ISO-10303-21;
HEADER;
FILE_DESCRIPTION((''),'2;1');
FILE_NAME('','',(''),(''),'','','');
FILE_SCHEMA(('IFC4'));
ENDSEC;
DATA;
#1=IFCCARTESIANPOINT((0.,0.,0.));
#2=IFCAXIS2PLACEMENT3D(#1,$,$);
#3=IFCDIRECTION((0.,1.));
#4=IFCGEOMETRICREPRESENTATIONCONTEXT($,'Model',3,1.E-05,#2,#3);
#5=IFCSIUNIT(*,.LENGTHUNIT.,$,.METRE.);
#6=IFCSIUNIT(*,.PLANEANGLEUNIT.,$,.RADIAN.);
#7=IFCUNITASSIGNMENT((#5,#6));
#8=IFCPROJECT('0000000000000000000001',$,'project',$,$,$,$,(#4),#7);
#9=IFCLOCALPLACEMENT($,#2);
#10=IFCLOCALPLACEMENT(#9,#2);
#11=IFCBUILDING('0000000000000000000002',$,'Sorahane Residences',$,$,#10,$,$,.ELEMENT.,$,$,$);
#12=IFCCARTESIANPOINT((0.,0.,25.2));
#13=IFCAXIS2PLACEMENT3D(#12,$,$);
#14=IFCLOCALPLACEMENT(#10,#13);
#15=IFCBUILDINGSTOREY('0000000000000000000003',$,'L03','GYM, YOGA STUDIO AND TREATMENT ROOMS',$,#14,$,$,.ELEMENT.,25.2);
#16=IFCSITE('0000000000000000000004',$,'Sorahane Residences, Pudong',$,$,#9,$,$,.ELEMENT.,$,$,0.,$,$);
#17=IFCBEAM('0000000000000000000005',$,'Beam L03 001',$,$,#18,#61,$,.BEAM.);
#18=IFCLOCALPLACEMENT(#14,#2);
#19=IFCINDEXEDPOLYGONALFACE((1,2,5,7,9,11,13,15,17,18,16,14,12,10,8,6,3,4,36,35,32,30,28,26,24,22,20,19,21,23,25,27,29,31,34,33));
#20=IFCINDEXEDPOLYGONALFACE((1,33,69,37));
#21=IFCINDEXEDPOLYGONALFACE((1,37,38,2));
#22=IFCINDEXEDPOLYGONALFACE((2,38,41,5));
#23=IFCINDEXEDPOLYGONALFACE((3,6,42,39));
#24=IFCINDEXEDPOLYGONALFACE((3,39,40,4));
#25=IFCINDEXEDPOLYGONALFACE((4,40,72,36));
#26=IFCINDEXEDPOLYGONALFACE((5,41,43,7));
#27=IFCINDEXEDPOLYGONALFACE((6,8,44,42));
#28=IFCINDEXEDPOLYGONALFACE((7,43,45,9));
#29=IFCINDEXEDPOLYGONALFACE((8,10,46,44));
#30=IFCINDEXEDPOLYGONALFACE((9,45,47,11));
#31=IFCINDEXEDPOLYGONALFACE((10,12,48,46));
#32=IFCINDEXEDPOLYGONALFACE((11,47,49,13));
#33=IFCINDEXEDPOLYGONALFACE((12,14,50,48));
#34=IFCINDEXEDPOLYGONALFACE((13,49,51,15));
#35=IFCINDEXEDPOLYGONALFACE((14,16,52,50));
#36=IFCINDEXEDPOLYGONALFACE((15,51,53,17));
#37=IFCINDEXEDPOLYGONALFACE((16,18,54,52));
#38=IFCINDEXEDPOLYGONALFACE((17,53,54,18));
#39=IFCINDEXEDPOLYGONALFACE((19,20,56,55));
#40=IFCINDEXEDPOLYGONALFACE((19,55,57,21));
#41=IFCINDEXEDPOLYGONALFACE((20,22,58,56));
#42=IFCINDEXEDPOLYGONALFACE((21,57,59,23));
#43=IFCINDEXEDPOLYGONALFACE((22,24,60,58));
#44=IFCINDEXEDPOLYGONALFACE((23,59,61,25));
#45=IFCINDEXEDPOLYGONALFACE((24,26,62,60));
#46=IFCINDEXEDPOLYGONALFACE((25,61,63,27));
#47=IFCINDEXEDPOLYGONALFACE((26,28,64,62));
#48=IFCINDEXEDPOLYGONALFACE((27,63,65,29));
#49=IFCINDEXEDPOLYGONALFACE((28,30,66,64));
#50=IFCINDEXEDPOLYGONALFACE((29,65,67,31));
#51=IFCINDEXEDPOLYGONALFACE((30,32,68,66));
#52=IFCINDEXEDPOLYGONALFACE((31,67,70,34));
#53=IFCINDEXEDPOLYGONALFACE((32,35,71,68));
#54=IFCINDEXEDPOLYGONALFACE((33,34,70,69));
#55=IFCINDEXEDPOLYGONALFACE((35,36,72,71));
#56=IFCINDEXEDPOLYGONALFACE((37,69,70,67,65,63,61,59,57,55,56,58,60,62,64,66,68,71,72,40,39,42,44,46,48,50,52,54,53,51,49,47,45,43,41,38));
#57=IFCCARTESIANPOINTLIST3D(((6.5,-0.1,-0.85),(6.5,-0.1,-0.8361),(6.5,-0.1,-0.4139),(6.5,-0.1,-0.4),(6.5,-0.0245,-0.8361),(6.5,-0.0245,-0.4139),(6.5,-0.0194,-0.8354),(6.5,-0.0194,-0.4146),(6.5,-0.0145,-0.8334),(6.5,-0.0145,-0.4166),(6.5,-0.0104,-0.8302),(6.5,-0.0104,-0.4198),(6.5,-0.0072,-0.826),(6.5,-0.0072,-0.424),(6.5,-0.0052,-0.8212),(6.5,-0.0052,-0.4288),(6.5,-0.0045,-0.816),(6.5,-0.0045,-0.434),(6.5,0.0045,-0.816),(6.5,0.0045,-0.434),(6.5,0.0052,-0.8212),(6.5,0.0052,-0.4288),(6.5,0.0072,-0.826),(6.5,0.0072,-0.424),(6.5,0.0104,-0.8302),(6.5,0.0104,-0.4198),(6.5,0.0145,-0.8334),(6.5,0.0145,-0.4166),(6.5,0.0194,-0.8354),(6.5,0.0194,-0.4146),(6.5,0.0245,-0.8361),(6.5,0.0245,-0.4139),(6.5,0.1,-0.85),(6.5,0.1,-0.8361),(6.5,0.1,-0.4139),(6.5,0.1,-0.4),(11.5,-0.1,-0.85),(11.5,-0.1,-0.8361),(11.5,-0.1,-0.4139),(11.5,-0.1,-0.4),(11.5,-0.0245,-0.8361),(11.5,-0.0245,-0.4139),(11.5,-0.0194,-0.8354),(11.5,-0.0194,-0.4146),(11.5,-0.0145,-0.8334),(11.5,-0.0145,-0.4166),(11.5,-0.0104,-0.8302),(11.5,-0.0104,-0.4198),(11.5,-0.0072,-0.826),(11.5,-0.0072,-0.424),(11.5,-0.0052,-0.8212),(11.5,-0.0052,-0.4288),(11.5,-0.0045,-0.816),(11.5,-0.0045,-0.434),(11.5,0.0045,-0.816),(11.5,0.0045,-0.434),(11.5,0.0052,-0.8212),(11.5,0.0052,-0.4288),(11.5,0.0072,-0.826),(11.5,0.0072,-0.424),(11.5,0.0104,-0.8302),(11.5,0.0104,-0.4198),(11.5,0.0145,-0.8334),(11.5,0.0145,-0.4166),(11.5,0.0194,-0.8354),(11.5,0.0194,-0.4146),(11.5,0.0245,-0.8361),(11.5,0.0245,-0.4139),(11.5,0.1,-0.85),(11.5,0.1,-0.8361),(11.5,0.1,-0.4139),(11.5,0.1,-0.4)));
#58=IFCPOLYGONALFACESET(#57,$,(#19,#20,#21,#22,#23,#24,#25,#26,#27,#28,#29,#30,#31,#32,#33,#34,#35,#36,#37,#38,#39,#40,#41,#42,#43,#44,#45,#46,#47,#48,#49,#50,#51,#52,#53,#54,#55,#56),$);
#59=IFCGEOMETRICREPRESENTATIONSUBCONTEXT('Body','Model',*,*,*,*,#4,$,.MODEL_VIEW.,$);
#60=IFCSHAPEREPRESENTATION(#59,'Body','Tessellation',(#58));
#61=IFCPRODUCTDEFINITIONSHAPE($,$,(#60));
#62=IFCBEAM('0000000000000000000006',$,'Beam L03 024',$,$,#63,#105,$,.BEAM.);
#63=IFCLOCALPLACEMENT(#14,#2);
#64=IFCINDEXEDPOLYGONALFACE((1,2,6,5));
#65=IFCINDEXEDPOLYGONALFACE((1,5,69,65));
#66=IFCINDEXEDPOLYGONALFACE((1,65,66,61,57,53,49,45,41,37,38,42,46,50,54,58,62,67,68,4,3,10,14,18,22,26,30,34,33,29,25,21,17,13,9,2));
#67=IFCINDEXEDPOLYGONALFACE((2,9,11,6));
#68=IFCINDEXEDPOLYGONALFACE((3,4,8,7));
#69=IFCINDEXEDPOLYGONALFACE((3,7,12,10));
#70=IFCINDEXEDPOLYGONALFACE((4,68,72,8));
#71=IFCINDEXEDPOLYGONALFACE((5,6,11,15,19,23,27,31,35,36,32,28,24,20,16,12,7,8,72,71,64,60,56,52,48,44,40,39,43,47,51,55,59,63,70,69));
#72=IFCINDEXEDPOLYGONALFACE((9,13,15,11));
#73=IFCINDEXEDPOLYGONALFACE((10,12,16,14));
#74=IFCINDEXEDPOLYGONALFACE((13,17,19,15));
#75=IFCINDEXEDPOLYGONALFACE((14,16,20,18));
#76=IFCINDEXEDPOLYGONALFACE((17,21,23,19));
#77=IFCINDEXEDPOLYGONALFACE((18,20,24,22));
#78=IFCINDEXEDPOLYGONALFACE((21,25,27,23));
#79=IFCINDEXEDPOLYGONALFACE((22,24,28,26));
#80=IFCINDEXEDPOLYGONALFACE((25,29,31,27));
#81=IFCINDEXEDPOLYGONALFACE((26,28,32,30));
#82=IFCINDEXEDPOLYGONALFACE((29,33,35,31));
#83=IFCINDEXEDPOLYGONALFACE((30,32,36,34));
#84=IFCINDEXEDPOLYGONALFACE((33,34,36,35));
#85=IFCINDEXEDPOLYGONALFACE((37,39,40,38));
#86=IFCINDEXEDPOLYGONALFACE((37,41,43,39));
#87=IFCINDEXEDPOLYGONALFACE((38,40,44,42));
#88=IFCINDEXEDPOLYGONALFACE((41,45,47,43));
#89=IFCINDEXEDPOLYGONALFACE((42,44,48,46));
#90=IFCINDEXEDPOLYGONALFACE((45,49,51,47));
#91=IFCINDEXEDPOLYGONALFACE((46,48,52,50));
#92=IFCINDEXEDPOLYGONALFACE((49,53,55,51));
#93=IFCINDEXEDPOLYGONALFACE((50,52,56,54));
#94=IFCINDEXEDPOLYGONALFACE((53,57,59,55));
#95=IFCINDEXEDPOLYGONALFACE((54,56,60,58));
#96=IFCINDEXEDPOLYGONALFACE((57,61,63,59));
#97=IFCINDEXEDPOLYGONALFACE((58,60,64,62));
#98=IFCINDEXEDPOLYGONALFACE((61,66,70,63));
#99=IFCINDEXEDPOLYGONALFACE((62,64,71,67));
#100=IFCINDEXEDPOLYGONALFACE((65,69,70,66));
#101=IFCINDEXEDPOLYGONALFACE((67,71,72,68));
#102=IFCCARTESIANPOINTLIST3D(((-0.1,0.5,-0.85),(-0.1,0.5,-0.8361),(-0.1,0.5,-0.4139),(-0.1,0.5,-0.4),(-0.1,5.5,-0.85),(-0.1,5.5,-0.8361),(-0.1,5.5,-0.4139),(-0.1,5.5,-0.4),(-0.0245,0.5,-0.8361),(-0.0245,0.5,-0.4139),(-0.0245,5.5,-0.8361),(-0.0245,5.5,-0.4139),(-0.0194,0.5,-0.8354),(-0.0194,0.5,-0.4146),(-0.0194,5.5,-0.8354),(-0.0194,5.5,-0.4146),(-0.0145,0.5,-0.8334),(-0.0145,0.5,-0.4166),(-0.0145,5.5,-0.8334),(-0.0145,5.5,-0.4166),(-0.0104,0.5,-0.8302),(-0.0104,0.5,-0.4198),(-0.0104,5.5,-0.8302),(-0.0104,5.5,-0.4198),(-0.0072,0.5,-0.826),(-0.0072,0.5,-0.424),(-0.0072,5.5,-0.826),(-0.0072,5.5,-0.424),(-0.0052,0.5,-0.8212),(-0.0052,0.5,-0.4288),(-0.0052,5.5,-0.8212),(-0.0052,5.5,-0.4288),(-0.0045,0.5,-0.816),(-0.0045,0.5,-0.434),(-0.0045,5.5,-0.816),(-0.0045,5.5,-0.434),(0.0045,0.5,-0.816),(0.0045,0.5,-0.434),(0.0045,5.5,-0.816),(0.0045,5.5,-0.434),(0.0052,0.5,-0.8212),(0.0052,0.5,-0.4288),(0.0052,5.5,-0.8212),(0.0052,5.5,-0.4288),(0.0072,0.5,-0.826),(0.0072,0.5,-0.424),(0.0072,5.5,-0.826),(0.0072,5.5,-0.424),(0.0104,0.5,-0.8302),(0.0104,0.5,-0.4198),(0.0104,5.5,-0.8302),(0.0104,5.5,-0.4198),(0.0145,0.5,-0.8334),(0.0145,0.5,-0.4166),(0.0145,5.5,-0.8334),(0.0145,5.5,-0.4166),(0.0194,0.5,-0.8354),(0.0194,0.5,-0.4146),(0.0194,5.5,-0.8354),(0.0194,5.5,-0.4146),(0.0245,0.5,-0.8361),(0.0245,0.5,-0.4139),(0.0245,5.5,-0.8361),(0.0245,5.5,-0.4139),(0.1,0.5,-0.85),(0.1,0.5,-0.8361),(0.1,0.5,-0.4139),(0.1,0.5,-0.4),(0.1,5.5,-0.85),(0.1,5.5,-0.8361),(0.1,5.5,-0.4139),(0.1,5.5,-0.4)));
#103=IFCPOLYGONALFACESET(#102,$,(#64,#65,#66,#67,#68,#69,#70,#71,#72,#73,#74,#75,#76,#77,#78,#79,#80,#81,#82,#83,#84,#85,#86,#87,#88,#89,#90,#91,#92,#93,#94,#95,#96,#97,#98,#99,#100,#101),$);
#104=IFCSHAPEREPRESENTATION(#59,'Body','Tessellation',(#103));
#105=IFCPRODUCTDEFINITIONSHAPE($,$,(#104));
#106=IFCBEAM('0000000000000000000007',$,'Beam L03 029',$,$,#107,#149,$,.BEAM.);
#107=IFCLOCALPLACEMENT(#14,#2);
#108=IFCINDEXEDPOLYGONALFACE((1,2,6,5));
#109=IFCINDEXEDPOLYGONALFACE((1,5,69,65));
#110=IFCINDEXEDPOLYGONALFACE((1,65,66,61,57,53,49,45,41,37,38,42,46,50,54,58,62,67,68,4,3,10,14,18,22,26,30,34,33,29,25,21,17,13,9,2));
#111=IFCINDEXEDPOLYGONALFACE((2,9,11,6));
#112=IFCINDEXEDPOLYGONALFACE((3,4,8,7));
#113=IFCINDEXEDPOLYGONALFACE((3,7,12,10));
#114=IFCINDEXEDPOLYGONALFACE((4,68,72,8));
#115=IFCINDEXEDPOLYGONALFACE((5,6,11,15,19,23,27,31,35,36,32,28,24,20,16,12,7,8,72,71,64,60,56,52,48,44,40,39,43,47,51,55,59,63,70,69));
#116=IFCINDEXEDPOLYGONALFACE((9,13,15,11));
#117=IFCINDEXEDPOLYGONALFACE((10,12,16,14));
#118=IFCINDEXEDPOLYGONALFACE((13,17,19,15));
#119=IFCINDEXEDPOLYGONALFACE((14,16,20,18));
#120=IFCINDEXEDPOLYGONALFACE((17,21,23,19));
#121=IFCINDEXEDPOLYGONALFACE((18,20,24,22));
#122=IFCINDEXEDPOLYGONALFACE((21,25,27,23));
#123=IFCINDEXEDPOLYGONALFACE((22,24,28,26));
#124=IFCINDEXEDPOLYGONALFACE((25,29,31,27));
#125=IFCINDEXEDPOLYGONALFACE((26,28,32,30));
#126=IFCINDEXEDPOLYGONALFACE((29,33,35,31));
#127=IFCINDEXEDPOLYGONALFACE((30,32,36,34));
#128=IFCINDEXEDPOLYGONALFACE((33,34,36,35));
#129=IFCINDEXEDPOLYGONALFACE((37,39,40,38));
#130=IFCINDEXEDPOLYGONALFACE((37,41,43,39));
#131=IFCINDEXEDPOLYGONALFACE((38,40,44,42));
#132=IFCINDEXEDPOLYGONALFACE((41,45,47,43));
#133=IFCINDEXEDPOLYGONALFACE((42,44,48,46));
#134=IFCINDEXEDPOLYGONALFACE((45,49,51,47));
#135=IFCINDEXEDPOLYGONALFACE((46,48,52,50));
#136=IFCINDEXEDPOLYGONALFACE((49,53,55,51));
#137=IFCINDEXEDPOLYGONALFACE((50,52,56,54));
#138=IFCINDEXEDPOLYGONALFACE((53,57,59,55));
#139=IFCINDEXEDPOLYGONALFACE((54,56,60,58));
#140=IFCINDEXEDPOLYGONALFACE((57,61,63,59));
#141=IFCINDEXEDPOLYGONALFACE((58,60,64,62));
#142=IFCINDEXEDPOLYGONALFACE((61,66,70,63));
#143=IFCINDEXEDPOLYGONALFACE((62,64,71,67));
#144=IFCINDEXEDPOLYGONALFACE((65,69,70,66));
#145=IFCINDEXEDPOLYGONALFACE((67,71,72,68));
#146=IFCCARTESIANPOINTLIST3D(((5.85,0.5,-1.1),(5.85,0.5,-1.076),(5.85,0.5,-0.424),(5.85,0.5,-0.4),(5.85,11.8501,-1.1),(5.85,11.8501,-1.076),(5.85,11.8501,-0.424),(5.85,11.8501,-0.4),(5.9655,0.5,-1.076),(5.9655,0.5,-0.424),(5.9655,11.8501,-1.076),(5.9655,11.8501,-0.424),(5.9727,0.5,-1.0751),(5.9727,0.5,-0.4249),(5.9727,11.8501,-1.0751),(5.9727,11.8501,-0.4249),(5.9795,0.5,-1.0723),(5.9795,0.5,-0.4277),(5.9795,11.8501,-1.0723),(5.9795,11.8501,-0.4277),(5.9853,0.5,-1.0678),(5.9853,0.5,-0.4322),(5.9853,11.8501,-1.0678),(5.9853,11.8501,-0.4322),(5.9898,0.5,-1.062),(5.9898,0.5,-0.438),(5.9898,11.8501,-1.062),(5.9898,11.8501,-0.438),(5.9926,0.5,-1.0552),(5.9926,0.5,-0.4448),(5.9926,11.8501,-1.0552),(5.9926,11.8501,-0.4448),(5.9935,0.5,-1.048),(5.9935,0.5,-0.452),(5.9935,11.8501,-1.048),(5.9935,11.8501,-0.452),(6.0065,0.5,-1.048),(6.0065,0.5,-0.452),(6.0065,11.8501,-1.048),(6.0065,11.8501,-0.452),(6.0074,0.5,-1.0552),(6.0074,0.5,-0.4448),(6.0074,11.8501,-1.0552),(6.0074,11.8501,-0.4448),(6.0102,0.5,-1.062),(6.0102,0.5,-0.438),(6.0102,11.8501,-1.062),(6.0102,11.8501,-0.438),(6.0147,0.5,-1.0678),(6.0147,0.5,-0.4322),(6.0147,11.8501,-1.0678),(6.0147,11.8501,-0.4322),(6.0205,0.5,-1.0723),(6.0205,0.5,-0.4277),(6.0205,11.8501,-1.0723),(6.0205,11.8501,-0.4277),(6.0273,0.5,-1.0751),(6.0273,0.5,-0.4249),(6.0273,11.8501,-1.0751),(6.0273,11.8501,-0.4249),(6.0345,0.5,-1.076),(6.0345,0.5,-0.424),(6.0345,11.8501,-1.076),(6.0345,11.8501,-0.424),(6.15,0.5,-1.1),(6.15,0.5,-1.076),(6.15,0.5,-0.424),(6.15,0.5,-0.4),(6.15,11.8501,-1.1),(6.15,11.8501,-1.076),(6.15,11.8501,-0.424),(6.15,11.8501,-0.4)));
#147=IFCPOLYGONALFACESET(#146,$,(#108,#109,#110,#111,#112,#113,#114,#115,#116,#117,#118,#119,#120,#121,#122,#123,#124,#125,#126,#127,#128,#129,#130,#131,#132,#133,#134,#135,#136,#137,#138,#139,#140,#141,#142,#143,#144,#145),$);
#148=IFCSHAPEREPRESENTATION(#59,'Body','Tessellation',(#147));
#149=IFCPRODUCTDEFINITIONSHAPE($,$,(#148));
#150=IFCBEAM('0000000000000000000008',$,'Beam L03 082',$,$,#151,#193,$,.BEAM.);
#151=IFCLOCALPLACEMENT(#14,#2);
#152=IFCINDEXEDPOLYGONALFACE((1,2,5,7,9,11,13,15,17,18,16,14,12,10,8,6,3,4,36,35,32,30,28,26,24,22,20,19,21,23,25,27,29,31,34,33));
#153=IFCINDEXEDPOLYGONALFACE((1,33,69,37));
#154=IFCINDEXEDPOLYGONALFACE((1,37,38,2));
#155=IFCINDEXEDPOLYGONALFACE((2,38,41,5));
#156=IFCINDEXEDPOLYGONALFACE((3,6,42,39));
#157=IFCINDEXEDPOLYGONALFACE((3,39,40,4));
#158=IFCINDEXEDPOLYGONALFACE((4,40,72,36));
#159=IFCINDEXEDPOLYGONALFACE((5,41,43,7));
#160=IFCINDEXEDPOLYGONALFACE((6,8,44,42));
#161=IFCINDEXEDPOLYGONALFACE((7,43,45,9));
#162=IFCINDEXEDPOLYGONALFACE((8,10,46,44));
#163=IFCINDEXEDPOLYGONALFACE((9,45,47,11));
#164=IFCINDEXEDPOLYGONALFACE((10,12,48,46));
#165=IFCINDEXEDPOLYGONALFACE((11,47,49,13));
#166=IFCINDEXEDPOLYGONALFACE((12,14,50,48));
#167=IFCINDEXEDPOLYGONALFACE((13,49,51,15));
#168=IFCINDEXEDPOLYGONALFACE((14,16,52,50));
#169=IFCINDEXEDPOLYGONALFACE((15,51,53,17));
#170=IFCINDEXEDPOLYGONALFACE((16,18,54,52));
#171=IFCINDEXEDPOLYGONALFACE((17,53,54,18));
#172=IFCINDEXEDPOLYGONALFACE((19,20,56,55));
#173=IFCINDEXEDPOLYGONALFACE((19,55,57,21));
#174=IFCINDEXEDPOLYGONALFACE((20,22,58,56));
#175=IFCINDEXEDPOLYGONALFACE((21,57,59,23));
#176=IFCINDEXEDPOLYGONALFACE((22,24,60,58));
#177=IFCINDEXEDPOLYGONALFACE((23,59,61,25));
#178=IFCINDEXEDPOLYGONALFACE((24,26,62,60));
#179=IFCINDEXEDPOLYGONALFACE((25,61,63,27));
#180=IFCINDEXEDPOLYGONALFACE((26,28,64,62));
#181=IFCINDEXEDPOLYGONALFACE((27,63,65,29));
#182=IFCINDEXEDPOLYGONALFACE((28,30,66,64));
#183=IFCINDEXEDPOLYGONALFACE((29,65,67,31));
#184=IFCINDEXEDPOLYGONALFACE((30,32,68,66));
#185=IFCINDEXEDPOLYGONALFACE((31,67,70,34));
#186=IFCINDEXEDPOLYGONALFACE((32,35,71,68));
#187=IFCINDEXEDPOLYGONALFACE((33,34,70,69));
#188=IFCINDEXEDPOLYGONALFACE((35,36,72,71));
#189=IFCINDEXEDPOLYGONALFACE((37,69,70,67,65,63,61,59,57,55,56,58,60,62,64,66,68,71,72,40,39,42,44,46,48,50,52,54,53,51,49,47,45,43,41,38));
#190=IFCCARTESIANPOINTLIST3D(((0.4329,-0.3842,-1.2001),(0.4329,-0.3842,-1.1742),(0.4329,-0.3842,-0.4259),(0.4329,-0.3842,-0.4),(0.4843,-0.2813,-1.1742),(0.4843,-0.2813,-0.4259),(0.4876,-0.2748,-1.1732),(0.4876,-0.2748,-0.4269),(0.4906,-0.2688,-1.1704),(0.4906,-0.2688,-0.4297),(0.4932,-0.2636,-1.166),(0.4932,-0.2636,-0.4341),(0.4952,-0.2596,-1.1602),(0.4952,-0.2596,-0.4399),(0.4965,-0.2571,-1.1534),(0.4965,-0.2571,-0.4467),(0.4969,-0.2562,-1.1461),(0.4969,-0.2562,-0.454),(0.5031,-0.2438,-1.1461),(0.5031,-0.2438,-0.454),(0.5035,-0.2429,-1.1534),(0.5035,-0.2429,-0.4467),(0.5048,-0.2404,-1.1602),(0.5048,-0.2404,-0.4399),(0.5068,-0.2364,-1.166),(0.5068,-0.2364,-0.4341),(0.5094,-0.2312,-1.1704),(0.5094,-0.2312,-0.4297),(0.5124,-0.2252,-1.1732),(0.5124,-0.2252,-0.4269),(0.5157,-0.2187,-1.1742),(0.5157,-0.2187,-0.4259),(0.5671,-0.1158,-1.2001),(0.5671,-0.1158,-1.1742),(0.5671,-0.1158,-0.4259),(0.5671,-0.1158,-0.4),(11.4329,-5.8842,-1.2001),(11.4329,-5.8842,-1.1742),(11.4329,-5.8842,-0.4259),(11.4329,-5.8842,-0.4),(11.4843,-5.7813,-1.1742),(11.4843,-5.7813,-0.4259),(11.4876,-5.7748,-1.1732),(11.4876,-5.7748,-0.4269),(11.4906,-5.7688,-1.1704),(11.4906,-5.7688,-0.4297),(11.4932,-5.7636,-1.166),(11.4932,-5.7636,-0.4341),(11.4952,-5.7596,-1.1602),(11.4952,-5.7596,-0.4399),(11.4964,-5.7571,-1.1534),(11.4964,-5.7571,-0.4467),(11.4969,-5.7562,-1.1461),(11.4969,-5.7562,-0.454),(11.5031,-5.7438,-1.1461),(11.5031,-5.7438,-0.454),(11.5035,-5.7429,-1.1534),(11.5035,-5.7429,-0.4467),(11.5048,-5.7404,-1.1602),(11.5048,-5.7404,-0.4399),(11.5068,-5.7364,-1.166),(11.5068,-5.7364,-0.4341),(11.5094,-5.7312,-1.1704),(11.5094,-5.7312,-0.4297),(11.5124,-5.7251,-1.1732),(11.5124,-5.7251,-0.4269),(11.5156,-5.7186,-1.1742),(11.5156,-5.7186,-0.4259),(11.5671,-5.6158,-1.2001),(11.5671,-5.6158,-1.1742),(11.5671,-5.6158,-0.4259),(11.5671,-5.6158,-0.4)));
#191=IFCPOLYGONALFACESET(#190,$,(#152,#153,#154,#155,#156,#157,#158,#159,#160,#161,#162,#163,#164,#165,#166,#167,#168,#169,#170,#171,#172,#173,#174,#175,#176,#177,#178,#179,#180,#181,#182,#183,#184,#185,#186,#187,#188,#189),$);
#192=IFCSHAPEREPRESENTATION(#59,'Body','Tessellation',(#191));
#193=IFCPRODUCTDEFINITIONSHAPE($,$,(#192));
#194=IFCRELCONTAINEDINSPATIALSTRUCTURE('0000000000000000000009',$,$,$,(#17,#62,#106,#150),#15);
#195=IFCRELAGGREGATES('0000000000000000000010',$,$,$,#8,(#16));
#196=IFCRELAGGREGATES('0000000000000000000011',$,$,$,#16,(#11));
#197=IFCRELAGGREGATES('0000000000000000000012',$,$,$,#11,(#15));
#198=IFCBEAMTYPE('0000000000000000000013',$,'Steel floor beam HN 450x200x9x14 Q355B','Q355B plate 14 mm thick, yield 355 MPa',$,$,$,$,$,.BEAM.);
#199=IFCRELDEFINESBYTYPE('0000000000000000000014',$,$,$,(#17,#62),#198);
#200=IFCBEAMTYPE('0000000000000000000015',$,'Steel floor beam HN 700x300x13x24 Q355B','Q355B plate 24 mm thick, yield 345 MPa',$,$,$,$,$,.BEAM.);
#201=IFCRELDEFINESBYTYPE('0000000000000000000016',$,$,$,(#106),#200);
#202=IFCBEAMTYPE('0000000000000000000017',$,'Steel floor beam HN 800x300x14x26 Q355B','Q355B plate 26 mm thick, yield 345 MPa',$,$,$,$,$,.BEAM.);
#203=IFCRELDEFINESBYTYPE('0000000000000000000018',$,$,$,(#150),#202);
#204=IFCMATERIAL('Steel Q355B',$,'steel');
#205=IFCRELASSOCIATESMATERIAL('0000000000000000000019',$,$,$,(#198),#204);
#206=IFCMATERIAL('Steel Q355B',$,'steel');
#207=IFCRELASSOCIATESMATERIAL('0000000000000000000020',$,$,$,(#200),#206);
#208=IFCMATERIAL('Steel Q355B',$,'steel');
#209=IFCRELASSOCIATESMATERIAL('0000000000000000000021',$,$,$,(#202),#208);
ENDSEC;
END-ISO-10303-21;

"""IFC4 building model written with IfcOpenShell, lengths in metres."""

from ifc_helpers import new_model, si_unit, direction, frame, origin, origin_2d, place, context, subcontext, project, spatial, i_section, extrude, material, material_profile, profile_set, type_object, element, save


model = new_model("IFC4")

# Units and contexts
model_context = context("Model", 3, precision=1e-05, world=origin(), true_north=direction((0.0, 1.0)))
body_context = subcontext(model_context, "Body", "Model", "MODEL_VIEW")
ifc_project = project(units=[si_unit("LENGTHUNIT", "METRE"), si_unit("PLANEANGLEUNIT", "RADIAN")], contexts=[model_context])

# Site, building, storey
site_placement = place(None, origin())
site = spatial("IfcSite", under=ifc_project, at=site_placement, Name="Sorahane Residences, Pudong", CompositionType="ELEMENT", RefElevation=0.0)
building_placement = place(site_placement, origin())
building = spatial("IfcBuilding", under=site, at=building_placement, Name="Sorahane Residences", CompositionType="ELEMENT")
storey_placement = place(building_placement, frame((0.0, 0.0, 25.2)))
storey = spatial("IfcBuildingStorey", under=building, at=storey_placement, Name="L03", Description="GYM, YOGA STUDIO AND TREATMENT ROOMS", CompositionType="ELEMENT", Elevation=25.2)

# Beams
ifc_material_1 = material(Name="Steel Q355B", Category="steel")
ifc_material_profile_1 = material_profile(ifc_material_1, i_section(OverallWidth=0.2, OverallDepth=0.45, WebThickness=0.009, FlangeThickness=0.0139, FilletRadius=0.02, at=origin_2d()), Name="HN 450x200x9x14")
ifc_profile_set_1 = profile_set([ifc_material_profile_1], Name="Steel Q355B")
beam_type_1 = type_object("IfcBeamType", Name="Steel floor beam HN 450x200x9x14 Q355B", Description="Q355B plate 14 mm thick, yield 355 MPa", PredefinedType="BEAM", material=ifc_profile_set_1)
for number, where, z_axis, x_axis, name in (
    (1, (6.5, 0.0, -0.625), (1.0, 0.0, 0.0), (0.0, 1.0, 0.0), "Beam L03 001"),
    (2, (0.0, 0.5, -0.625), (0.0, 1.0, 0.0), (-1.0, 0.0, 0.0), "Beam L03 024"),
):
    element("IfcBeam", number, at=place(storey_placement, frame(where, z_axis=z_axis, x_axis=x_axis)), inside=storey, type_object=beam_type_1, Name=name, PredefinedType="BEAM", context=body_context, shape_type="SweptSolid", body=[
        extrude(i_section(OverallWidth=0.2, OverallDepth=0.45, WebThickness=0.009, FlangeThickness=0.0139, FilletRadius=0.02, at=origin_2d()), origin(), (0.0, 0.0, 1.0), 5.0),
    ])
ifc_material_2 = material(Name="Steel Q355B", Category="steel")
ifc_material_profile_2 = material_profile(ifc_material_2, i_section(OverallWidth=0.3, OverallDepth=0.7, WebThickness=0.0129, FlangeThickness=0.0239, FilletRadius=0.0281, at=origin_2d()), Name="HN 700x300x13x24")
ifc_profile_set_2 = profile_set([ifc_material_profile_2], Name="Steel Q355B")
beam_type_2 = type_object("IfcBeamType", Name="Steel floor beam HN 700x300x13x24 Q355B", Description="Q355B plate 24 mm thick, yield 345 MPa", PredefinedType="BEAM", material=ifc_profile_set_2)
beam_1_placement = place(storey_placement, frame((6.0, 0.5, -0.75), z_axis=(0.0, 1.0, 0.0), x_axis=(-1.0, 0.0, 0.0)))
element("IfcBeam", 3, at=beam_1_placement, inside=storey, type_object=beam_type_2, Name="Beam L03 029", PredefinedType="BEAM", context=body_context, shape_type="SweptSolid", body=[
    extrude(i_section(OverallWidth=0.3, OverallDepth=0.7, WebThickness=0.0129, FlangeThickness=0.0239, FilletRadius=0.0281, at=origin_2d()), origin(), (0.0, 0.0, 1.0), 11.3501),
])
ifc_material_3 = material(Name="Steel Q355B", Category="steel")
ifc_material_profile_3 = material_profile(ifc_material_3, i_section(OverallWidth=0.3, OverallDepth=0.8, WebThickness=0.0139, FlangeThickness=0.0259, FilletRadius=0.0281, at=origin_2d()), Name="HN 800x300x14x26")
ifc_profile_set_3 = profile_set([ifc_material_profile_3], Name="Steel Q355B")
beam_type_3 = type_object("IfcBeamType", Name="Steel floor beam HN 800x300x14x26 Q355B", Description="Q355B plate 26 mm thick, yield 345 MPa", PredefinedType="BEAM", material=ifc_profile_set_3)
beam_2_placement = place(storey_placement, frame((0.5, -0.25, -0.8), z_axis=(0.894427, -0.447214, 0.0), x_axis=(0.447214, 0.894427, 0.0)))
element("IfcBeam", 4, at=beam_2_placement, inside=storey, type_object=beam_type_3, Name="Beam L03 082", PredefinedType="BEAM", context=body_context, shape_type="SweptSolid", body=[
    extrude(i_section(OverallWidth=0.3, OverallDepth=0.8, WebThickness=0.0139, FlangeThickness=0.0259, FilletRadius=0.0281, at=origin_2d()), origin(), (0.0, 0.0, 1.0), 12.2983),
])

save(model, "model.ifc")
